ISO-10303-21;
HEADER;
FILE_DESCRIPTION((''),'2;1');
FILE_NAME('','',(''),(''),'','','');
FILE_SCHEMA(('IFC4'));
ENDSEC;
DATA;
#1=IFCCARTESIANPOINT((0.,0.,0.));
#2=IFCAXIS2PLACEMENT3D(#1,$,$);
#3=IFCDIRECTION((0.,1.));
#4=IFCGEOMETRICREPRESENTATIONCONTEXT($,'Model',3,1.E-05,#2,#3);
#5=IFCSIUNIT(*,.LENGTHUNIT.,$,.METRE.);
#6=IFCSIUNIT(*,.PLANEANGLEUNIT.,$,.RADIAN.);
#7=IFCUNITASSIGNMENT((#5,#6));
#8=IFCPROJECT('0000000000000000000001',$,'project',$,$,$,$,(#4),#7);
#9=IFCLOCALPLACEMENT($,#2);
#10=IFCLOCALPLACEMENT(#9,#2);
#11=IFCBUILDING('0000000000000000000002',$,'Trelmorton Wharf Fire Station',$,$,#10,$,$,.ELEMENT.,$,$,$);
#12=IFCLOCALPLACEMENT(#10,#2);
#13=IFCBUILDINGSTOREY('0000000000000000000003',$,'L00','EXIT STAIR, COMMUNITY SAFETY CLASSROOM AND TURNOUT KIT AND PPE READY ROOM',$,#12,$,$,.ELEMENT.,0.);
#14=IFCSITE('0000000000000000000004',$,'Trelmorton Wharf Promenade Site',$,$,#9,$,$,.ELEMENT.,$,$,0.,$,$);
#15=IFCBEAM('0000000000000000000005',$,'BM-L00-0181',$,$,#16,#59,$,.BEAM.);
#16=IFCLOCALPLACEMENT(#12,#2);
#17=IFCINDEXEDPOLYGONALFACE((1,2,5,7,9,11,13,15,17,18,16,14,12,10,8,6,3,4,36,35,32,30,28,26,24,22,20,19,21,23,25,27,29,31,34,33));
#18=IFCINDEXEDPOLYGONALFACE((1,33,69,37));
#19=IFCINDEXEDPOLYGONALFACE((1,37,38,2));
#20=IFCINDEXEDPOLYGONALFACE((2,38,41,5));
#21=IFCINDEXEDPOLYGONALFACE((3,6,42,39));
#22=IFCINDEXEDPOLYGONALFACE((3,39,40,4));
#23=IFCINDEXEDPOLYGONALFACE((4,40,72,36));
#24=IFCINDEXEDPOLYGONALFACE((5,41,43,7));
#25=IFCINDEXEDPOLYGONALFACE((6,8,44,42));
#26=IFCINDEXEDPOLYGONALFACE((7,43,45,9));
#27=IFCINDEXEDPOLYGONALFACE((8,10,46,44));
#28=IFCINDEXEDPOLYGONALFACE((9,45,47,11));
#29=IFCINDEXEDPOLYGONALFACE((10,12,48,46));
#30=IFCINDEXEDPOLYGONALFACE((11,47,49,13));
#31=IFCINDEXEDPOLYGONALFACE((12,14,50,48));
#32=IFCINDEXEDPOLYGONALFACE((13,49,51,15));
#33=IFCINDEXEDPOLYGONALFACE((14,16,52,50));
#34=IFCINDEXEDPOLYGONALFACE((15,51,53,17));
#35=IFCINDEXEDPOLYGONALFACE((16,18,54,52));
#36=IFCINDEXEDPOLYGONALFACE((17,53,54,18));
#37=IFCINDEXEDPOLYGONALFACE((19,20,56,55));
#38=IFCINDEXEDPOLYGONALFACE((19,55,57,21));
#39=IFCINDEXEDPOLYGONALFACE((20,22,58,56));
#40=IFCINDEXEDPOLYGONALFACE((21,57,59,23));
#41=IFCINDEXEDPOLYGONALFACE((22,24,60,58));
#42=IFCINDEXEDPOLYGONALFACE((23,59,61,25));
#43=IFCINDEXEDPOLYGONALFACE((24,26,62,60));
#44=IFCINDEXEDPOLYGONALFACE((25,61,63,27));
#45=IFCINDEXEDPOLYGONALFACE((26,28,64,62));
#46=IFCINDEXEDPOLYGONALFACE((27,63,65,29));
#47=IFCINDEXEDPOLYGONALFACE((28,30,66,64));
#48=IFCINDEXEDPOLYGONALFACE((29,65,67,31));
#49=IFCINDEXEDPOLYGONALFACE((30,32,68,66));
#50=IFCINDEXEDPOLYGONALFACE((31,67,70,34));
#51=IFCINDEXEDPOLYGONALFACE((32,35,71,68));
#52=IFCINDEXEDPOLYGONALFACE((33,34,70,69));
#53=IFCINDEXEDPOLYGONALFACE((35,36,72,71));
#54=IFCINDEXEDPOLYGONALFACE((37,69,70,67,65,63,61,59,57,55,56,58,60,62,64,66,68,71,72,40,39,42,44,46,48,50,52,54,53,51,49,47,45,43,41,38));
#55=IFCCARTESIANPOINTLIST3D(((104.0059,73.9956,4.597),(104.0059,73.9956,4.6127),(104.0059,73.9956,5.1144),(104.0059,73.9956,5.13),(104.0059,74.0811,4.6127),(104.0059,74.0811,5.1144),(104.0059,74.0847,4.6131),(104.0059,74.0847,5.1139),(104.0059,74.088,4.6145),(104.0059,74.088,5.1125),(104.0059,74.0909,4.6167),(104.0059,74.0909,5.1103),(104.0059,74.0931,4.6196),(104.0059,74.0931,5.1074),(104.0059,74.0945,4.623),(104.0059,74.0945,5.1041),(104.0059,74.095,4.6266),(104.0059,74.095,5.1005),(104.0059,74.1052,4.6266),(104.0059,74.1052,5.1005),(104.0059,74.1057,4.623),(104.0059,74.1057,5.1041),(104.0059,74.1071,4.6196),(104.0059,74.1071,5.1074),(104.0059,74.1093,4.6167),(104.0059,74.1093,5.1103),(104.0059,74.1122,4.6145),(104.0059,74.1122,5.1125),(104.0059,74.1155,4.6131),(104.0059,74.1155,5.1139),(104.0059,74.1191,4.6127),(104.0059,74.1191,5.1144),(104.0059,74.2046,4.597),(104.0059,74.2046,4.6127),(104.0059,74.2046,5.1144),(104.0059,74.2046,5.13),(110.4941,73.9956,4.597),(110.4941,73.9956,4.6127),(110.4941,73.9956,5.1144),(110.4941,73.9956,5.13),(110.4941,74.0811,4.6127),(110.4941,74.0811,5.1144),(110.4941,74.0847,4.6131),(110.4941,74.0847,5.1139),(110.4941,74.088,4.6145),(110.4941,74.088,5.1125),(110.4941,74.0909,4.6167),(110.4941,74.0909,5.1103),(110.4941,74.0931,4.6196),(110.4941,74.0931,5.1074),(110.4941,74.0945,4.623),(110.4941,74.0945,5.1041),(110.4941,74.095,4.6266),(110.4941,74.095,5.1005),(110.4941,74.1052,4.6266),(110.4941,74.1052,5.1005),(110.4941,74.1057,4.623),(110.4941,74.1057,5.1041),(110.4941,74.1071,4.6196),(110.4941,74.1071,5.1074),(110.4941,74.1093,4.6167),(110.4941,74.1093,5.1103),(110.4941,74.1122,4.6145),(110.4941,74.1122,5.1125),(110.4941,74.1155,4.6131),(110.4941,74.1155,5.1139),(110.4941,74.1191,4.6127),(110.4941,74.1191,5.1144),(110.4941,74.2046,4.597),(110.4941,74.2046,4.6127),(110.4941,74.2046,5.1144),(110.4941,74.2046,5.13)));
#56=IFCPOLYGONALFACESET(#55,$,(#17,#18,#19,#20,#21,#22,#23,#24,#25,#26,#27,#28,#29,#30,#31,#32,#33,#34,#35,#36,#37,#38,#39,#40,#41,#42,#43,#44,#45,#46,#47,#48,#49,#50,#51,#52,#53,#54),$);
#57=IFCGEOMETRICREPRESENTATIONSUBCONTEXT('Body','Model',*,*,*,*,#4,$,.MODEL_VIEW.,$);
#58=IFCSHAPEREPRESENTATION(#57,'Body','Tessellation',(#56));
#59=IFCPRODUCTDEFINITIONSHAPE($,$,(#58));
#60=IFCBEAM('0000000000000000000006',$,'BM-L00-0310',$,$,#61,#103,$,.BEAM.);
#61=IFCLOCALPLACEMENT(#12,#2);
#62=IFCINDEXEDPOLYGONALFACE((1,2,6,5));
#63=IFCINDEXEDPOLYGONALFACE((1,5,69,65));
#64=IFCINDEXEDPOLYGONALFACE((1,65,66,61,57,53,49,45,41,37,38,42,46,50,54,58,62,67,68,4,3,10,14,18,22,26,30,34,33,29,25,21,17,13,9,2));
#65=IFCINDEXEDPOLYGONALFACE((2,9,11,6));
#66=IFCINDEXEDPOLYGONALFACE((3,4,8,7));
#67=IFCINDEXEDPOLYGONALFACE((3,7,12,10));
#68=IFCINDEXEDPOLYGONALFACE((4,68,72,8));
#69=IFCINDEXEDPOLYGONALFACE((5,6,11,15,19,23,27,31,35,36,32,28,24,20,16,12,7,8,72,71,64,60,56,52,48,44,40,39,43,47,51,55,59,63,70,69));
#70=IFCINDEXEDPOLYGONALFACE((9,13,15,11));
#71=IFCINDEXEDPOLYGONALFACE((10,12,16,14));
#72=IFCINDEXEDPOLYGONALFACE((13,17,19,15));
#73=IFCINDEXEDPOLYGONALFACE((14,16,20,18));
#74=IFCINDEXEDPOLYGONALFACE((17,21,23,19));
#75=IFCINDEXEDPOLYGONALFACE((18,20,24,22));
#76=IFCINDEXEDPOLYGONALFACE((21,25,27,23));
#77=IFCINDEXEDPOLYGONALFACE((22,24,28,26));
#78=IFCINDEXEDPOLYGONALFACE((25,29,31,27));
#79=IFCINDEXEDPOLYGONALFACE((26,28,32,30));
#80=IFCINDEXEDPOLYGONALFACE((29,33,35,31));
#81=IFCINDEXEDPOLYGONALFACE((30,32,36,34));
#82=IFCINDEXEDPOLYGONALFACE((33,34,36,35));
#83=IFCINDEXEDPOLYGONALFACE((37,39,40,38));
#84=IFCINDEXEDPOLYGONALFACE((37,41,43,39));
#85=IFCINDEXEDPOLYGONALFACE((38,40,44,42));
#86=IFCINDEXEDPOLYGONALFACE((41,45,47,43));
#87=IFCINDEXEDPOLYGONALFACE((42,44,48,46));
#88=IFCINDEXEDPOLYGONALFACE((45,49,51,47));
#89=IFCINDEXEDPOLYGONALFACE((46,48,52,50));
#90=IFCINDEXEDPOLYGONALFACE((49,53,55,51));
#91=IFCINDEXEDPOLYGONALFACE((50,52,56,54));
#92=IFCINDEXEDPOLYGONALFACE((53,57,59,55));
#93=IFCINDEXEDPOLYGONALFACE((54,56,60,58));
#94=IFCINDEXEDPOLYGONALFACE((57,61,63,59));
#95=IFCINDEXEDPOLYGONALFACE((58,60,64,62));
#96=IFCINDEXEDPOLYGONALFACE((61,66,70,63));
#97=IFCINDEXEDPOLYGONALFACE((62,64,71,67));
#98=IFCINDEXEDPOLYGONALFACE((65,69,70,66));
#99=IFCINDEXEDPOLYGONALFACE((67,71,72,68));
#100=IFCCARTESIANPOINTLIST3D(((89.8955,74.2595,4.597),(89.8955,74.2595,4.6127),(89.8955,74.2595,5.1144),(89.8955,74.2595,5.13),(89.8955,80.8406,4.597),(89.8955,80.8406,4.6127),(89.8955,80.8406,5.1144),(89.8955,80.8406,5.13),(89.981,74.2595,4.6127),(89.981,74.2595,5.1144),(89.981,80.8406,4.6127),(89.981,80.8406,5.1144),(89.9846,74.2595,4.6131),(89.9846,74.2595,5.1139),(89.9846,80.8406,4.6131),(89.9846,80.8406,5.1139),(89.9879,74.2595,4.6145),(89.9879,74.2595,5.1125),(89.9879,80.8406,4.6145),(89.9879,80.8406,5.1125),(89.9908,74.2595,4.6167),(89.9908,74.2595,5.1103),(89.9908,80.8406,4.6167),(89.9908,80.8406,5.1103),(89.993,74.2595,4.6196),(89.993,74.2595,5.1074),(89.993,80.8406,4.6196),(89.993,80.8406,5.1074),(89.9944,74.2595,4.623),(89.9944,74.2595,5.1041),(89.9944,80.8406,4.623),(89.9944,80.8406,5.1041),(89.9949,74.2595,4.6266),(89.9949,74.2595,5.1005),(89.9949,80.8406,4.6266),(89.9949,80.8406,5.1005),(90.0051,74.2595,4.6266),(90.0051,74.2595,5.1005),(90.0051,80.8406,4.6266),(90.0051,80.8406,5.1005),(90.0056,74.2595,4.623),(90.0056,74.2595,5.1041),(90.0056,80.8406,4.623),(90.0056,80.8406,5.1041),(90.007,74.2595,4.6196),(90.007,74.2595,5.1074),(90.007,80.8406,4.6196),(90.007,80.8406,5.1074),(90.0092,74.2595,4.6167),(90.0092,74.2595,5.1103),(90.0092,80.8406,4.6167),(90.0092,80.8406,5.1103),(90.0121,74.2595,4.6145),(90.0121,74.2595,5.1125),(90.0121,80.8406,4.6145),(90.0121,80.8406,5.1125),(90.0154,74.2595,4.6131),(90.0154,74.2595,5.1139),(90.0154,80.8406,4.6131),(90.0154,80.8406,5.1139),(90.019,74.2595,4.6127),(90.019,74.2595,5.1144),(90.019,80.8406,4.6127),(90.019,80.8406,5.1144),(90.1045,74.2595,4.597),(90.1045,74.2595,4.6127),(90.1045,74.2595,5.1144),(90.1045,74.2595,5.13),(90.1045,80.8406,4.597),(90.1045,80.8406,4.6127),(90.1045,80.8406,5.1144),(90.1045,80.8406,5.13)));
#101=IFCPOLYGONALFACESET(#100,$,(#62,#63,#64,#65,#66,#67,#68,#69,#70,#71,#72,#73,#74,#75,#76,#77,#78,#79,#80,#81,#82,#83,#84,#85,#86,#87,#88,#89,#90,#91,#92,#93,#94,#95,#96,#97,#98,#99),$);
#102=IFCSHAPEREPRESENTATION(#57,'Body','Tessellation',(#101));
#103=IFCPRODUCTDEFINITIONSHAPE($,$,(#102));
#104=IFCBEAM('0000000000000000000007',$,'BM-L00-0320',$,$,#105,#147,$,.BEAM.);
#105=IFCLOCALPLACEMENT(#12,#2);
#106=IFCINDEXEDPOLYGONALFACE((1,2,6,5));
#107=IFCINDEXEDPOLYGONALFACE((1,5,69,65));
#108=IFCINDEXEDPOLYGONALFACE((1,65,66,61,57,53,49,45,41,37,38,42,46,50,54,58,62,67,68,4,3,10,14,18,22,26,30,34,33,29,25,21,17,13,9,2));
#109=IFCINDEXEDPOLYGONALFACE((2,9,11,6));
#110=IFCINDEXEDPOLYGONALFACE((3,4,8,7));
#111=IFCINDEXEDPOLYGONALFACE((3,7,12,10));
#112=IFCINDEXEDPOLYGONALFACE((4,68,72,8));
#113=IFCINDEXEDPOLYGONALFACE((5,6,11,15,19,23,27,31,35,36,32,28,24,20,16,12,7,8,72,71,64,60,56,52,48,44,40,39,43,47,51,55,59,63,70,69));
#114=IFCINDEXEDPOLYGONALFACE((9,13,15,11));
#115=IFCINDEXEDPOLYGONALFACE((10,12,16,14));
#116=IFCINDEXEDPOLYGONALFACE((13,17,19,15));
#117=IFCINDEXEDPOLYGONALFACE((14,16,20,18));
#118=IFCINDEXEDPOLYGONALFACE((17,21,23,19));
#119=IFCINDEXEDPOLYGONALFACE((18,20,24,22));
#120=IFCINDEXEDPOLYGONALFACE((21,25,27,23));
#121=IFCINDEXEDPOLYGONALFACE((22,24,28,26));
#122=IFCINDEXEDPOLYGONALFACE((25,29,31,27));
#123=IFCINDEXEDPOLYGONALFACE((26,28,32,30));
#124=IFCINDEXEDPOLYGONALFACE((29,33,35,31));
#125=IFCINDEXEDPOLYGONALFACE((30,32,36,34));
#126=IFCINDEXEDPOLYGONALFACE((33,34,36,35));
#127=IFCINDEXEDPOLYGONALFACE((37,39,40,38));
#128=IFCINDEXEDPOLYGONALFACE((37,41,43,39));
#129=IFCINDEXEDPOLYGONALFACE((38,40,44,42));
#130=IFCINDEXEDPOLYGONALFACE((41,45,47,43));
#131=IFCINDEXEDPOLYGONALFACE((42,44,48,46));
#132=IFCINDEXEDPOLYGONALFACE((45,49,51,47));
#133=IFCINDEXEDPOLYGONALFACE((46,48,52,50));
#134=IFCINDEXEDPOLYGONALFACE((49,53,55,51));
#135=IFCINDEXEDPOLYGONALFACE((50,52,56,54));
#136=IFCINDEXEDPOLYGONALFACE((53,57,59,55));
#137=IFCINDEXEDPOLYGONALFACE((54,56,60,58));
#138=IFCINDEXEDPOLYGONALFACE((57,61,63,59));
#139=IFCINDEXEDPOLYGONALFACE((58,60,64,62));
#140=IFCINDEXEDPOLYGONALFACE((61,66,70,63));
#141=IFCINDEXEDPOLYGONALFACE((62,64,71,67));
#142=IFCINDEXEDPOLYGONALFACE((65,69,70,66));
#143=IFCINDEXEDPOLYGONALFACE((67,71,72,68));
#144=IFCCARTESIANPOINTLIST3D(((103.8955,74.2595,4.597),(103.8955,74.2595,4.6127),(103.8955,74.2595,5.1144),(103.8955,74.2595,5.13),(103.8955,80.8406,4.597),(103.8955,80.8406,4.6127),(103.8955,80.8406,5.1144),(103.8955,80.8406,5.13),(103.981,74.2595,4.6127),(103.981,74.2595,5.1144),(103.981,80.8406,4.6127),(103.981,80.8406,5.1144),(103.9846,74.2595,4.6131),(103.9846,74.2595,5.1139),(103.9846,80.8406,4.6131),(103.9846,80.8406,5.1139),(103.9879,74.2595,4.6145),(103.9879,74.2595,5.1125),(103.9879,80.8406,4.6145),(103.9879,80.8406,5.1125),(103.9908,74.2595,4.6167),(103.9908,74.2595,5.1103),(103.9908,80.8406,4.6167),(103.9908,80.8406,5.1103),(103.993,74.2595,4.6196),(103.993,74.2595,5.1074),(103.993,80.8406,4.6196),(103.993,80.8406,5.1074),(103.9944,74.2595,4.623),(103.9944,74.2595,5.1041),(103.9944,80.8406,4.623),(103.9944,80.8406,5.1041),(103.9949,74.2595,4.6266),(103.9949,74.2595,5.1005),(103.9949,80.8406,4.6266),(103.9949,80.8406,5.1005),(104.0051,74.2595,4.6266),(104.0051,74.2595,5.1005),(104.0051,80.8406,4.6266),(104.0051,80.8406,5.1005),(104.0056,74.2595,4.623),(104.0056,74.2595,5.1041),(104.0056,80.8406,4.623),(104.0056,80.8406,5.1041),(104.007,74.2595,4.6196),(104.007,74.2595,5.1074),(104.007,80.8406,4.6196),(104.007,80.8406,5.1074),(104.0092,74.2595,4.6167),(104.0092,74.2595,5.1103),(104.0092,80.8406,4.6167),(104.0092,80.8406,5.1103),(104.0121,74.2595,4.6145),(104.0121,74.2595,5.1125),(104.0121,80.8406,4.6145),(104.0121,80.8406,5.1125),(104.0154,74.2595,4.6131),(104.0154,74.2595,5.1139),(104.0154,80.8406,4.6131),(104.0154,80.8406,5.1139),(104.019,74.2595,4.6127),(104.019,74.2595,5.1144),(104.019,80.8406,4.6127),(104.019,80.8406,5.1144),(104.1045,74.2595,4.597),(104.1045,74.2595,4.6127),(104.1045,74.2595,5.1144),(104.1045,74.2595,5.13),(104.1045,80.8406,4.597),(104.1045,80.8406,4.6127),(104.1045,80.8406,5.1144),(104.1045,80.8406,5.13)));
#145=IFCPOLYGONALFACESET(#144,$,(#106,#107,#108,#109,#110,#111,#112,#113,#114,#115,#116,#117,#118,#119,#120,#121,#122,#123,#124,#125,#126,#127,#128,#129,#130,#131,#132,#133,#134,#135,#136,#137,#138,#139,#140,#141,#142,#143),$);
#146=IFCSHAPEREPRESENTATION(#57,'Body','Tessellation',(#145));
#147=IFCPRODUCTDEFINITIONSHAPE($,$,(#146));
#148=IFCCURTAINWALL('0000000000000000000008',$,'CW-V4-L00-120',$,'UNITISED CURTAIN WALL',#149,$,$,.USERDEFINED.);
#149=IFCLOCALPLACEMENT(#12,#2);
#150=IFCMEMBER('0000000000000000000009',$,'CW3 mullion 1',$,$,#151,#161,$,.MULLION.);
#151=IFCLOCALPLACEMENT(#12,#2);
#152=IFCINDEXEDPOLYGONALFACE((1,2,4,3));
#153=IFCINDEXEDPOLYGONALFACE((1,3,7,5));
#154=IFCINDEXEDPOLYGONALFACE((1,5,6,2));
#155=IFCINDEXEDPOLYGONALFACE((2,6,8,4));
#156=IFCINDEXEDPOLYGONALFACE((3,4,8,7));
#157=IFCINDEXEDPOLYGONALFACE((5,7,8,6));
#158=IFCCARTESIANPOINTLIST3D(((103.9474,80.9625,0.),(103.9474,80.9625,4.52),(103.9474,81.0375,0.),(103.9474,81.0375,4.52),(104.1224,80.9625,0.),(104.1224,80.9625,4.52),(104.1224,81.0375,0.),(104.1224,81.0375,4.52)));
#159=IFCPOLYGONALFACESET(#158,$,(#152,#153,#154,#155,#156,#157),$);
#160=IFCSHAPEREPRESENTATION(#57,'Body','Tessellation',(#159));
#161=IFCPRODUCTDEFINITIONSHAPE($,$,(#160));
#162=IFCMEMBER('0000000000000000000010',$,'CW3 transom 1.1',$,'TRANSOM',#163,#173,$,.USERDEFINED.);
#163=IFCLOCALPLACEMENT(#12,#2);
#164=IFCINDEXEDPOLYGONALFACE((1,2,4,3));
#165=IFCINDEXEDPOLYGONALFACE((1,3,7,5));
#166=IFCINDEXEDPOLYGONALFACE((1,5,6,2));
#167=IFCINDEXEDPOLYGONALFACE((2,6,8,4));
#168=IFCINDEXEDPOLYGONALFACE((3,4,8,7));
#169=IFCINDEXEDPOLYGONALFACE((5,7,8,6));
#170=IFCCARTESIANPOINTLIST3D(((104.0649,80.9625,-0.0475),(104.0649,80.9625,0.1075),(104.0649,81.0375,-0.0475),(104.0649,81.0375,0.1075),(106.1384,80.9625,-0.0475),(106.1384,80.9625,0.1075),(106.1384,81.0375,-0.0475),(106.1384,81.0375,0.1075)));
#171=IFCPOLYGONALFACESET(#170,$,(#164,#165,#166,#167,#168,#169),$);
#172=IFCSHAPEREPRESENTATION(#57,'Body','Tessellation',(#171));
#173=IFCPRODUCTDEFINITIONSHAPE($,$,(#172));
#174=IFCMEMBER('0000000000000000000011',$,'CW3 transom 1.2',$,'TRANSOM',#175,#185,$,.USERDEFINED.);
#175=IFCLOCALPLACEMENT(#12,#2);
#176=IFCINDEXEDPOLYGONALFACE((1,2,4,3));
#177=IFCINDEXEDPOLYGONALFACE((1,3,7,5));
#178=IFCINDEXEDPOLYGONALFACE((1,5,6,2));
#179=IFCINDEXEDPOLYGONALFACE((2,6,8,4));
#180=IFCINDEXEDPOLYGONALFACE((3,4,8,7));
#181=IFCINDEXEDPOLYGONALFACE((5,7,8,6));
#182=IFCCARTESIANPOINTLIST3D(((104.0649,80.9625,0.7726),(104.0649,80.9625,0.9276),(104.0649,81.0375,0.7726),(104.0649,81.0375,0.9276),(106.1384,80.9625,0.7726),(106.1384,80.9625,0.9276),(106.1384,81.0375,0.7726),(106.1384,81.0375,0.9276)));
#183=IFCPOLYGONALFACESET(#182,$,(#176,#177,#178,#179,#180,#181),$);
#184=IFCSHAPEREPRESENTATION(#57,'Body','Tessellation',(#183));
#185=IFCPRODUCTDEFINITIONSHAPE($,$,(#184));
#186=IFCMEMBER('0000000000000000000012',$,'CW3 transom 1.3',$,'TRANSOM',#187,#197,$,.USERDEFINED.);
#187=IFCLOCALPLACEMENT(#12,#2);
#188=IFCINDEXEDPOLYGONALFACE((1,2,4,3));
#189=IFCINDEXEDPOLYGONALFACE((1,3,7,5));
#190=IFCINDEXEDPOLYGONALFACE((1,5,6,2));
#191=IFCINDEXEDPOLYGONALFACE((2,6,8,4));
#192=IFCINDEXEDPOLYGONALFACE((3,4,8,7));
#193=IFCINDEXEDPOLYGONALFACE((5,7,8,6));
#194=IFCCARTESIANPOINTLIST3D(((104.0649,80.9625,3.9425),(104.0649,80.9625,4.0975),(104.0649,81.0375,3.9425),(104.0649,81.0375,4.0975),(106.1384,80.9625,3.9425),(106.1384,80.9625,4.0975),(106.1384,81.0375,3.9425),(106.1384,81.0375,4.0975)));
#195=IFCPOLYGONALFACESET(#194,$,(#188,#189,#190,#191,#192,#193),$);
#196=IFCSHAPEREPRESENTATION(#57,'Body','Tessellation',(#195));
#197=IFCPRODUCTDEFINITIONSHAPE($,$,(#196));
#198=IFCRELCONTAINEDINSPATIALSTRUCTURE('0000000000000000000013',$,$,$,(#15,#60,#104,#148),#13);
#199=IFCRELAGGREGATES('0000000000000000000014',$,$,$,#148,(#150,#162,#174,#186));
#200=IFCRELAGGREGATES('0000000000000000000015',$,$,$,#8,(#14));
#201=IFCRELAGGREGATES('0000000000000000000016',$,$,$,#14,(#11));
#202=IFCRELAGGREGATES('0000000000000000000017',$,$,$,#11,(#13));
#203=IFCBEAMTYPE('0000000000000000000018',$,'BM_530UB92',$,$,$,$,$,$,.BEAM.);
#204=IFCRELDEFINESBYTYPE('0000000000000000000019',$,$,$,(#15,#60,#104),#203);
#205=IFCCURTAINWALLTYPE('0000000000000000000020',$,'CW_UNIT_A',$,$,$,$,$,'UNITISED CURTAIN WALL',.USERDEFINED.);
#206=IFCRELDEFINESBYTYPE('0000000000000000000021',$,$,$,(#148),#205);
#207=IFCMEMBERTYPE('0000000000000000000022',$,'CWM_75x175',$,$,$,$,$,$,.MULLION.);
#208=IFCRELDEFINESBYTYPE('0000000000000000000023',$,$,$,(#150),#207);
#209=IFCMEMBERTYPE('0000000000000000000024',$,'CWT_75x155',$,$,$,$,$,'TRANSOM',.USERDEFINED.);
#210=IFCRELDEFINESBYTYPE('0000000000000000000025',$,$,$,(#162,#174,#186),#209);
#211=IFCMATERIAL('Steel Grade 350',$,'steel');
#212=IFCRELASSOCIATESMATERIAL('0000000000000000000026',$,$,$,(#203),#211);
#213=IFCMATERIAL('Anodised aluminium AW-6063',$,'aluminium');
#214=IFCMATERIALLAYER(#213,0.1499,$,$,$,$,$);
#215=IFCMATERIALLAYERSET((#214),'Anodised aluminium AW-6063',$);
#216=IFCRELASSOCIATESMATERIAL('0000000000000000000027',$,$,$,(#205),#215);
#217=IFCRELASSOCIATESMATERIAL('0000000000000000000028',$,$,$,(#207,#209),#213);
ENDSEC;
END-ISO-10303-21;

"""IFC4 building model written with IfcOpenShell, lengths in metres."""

from ifc_helpers import new_model, si_unit, direction, frame, origin, origin_2d, place, context, subcontext, project, spatial, rectangle, i_section, extrude, material, layer, layer_set, material_profile, profile_set, type_object, element, aggregate, save


model = new_model("IFC4")

# Units and contexts
model_context = context("Model", 3, precision=1e-05, world=origin(), true_north=direction((0.0, 1.0)))
body_context = subcontext(model_context, "Body", "Model", "MODEL_VIEW")
ifc_project = project(units=[si_unit("LENGTHUNIT", "METRE"), si_unit("PLANEANGLEUNIT", "RADIAN")], contexts=[model_context])

# Site, building, storey
site_placement = place(None, origin())
site = spatial("IfcSite", under=ifc_project, at=site_placement, Name="Trelmorton Wharf Promenade Site", CompositionType="ELEMENT", RefElevation=0.0)
building_placement = place(site_placement, origin())
building = spatial("IfcBuilding", under=site, at=building_placement, Name="Trelmorton Wharf Fire Station", CompositionType="ELEMENT")
storey_placement = place(building_placement, origin())
storey = spatial("IfcBuildingStorey", under=building, at=storey_placement, Name="L00", Description="EXIT STAIR, COMMUNITY SAFETY CLASSROOM AND TURNOUT KIT AND PPE READY ROOM", CompositionType="ELEMENT", Elevation=0.0)

# Shared definitions
ifc_material_1 = material(Name="Steel Grade 350", Category="steel")

# Beams
ifc_material_profile_1 = material_profile(ifc_material_1, i_section(OverallWidth=0.209, OverallDepth=0.533, WebThickness=0.0103, FlangeThickness=0.0156, FilletRadius=0.0139, at=origin_2d()), Name="530UB92.4")
ifc_profile_set_1 = profile_set([ifc_material_profile_1], Name="Steel Grade 350")
beam_type_1 = type_object("IfcBeamType", Name="BM_530UB92", PredefinedType="BEAM", material=ifc_profile_set_1)
beam_1_placement = place(storey_placement, frame((104.0059, 74.1001, 4.8635), z_axis=(1.0, 0.0, 0.0), x_axis=(0.0, 1.0, 0.0)))
element("IfcBeam", 1, at=beam_1_placement, inside=storey, type_object=beam_type_1, Name="BM-L00-0181", PredefinedType="BEAM", context=body_context, shape_type="SweptSolid", body=[
    extrude(i_section(OverallWidth=0.209, OverallDepth=0.533, WebThickness=0.0103, FlangeThickness=0.0156, FilletRadius=0.0139, at=origin_2d()), origin(), (0.0, 0.0, 1.0), 6.4883),
])
for number, where, z_axis, x_axis, name in (
    (2, (90.0, 74.2595, 4.8635), (0.0, 1.0, 0.0), (-1.0, 0.0, 0.0), "BM-L00-0310"),
    (3, (104.0, 74.2595, 4.8635), (0.0, 1.0, 0.0), (-1.0, 0.0, 0.0), "BM-L00-0320"),
):
    element("IfcBeam", number, at=place(storey_placement, frame(where, z_axis=z_axis, x_axis=x_axis)), inside=storey, type_object=beam_type_1, Name=name, PredefinedType="BEAM", context=body_context, shape_type="SweptSolid", body=[
        extrude(i_section(OverallWidth=0.209, OverallDepth=0.533, WebThickness=0.0103, FlangeThickness=0.0156, FilletRadius=0.0139, at=origin_2d()), origin(), (0.0, 0.0, 1.0), 6.5811),
    ])

# Curtain wall, members
ifc_material_2 = material(Name="Anodised aluminium AW-6063", Category="aluminium")
ifc_layer_1 = layer(ifc_material_2, 0.1499)
ifc_layer_set_1 = layer_set([ifc_layer_1], Name="Anodised aluminium AW-6063")
curtain_wall_type = type_object("IfcCurtainWallType", Name="CW_UNIT_A", ElementType="UNITISED CURTAIN WALL", PredefinedType="USERDEFINED", material=ifc_layer_set_1)
curtain_wall_placement = place(storey_placement, origin())
curtain_wall = element("IfcCurtainWall", 4, at=curtain_wall_placement, inside=storey, type_object=curtain_wall_type, Name="CW-V4-L00-120", ObjectType="UNITISED CURTAIN WALL", PredefinedType="USERDEFINED")
ifc_material_profile_2 = material_profile(ifc_material_2, rectangle(XDim=0.075, YDim=0.175, at=origin_2d()), Name="ALU-75x175")
ifc_profile_set_2 = profile_set([ifc_material_profile_2], Name="Anodised aluminium AW-6063")
member_type_1 = type_object("IfcMemberType", Name="CWM_75x175", PredefinedType="MULLION", material=ifc_profile_set_2)
member_1_placement = place(storey_placement, frame((104.0349, 81.0, 0.0), z_axis=(0.0, 0.0, 1.0), x_axis=(0.0, 1.0, 0.0)))
member_1 = element("IfcMember", 5, at=member_1_placement, type_object=member_type_1, Name="CW3 mullion 1", PredefinedType="MULLION", context=body_context, shape_type="SweptSolid", body=[
    extrude(rectangle(XDim=0.075, YDim=0.175, at=origin_2d()), origin(), (0.0, 0.0, 1.0), 4.52),
])
ifc_material_profile_3 = material_profile(ifc_material_2, rectangle(XDim=0.075, YDim=0.155, at=origin_2d()), Name="ALU-75x155")
ifc_profile_set_3 = profile_set([ifc_material_profile_3], Name="Anodised aluminium AW-6063")
member_type_2 = type_object("IfcMemberType", Name="CWT_75x155", ElementType="TRANSOM", PredefinedType="USERDEFINED", material=ifc_profile_set_3)
member_2_placement = place(storey_placement, frame((104.0649, 81.0, 0.03), z_axis=(1.0, 0.0, 0.0), x_axis=(0.0, 1.0, 0.0)))
member_2 = element("IfcMember", 6, at=member_2_placement, type_object=member_type_2, Name="CW3 transom 1.1", ObjectType="TRANSOM", PredefinedType="USERDEFINED", context=body_context, shape_type="SweptSolid", body=[
    extrude(rectangle(XDim=0.075, YDim=0.155, at=origin_2d()), origin(), (0.0, 0.0, 1.0), 2.0735),
])
member_3_placement = place(storey_placement, frame((104.0649, 81.0, 0.8501), z_axis=(1.0, 0.0, 0.0), x_axis=(0.0, 1.0, 0.0)))
member_3 = element("IfcMember", 7, at=member_3_placement, type_object=member_type_2, Name="CW3 transom 1.2", ObjectType="TRANSOM", PredefinedType="USERDEFINED", context=body_context, shape_type="SweptSolid", body=[
    extrude(rectangle(XDim=0.075, YDim=0.155, at=origin_2d()), origin(), (0.0, 0.0, 1.0), 2.0735),
])
member_4_placement = place(storey_placement, frame((104.0649, 81.0, 4.02), z_axis=(1.0, 0.0, 0.0), x_axis=(0.0, 1.0, 0.0)))
member_4 = element("IfcMember", 8, at=member_4_placement, type_object=member_type_2, Name="CW3 transom 1.3", ObjectType="TRANSOM", PredefinedType="USERDEFINED", context=body_context, shape_type="SweptSolid", body=[
    extrude(rectangle(XDim=0.075, YDim=0.155, at=origin_2d()), origin(), (0.0, 0.0, 1.0), 2.0735),
])
aggregate(curtain_wall, [member_1, member_2, member_3, member_4])

save(model, "model.ifc")
